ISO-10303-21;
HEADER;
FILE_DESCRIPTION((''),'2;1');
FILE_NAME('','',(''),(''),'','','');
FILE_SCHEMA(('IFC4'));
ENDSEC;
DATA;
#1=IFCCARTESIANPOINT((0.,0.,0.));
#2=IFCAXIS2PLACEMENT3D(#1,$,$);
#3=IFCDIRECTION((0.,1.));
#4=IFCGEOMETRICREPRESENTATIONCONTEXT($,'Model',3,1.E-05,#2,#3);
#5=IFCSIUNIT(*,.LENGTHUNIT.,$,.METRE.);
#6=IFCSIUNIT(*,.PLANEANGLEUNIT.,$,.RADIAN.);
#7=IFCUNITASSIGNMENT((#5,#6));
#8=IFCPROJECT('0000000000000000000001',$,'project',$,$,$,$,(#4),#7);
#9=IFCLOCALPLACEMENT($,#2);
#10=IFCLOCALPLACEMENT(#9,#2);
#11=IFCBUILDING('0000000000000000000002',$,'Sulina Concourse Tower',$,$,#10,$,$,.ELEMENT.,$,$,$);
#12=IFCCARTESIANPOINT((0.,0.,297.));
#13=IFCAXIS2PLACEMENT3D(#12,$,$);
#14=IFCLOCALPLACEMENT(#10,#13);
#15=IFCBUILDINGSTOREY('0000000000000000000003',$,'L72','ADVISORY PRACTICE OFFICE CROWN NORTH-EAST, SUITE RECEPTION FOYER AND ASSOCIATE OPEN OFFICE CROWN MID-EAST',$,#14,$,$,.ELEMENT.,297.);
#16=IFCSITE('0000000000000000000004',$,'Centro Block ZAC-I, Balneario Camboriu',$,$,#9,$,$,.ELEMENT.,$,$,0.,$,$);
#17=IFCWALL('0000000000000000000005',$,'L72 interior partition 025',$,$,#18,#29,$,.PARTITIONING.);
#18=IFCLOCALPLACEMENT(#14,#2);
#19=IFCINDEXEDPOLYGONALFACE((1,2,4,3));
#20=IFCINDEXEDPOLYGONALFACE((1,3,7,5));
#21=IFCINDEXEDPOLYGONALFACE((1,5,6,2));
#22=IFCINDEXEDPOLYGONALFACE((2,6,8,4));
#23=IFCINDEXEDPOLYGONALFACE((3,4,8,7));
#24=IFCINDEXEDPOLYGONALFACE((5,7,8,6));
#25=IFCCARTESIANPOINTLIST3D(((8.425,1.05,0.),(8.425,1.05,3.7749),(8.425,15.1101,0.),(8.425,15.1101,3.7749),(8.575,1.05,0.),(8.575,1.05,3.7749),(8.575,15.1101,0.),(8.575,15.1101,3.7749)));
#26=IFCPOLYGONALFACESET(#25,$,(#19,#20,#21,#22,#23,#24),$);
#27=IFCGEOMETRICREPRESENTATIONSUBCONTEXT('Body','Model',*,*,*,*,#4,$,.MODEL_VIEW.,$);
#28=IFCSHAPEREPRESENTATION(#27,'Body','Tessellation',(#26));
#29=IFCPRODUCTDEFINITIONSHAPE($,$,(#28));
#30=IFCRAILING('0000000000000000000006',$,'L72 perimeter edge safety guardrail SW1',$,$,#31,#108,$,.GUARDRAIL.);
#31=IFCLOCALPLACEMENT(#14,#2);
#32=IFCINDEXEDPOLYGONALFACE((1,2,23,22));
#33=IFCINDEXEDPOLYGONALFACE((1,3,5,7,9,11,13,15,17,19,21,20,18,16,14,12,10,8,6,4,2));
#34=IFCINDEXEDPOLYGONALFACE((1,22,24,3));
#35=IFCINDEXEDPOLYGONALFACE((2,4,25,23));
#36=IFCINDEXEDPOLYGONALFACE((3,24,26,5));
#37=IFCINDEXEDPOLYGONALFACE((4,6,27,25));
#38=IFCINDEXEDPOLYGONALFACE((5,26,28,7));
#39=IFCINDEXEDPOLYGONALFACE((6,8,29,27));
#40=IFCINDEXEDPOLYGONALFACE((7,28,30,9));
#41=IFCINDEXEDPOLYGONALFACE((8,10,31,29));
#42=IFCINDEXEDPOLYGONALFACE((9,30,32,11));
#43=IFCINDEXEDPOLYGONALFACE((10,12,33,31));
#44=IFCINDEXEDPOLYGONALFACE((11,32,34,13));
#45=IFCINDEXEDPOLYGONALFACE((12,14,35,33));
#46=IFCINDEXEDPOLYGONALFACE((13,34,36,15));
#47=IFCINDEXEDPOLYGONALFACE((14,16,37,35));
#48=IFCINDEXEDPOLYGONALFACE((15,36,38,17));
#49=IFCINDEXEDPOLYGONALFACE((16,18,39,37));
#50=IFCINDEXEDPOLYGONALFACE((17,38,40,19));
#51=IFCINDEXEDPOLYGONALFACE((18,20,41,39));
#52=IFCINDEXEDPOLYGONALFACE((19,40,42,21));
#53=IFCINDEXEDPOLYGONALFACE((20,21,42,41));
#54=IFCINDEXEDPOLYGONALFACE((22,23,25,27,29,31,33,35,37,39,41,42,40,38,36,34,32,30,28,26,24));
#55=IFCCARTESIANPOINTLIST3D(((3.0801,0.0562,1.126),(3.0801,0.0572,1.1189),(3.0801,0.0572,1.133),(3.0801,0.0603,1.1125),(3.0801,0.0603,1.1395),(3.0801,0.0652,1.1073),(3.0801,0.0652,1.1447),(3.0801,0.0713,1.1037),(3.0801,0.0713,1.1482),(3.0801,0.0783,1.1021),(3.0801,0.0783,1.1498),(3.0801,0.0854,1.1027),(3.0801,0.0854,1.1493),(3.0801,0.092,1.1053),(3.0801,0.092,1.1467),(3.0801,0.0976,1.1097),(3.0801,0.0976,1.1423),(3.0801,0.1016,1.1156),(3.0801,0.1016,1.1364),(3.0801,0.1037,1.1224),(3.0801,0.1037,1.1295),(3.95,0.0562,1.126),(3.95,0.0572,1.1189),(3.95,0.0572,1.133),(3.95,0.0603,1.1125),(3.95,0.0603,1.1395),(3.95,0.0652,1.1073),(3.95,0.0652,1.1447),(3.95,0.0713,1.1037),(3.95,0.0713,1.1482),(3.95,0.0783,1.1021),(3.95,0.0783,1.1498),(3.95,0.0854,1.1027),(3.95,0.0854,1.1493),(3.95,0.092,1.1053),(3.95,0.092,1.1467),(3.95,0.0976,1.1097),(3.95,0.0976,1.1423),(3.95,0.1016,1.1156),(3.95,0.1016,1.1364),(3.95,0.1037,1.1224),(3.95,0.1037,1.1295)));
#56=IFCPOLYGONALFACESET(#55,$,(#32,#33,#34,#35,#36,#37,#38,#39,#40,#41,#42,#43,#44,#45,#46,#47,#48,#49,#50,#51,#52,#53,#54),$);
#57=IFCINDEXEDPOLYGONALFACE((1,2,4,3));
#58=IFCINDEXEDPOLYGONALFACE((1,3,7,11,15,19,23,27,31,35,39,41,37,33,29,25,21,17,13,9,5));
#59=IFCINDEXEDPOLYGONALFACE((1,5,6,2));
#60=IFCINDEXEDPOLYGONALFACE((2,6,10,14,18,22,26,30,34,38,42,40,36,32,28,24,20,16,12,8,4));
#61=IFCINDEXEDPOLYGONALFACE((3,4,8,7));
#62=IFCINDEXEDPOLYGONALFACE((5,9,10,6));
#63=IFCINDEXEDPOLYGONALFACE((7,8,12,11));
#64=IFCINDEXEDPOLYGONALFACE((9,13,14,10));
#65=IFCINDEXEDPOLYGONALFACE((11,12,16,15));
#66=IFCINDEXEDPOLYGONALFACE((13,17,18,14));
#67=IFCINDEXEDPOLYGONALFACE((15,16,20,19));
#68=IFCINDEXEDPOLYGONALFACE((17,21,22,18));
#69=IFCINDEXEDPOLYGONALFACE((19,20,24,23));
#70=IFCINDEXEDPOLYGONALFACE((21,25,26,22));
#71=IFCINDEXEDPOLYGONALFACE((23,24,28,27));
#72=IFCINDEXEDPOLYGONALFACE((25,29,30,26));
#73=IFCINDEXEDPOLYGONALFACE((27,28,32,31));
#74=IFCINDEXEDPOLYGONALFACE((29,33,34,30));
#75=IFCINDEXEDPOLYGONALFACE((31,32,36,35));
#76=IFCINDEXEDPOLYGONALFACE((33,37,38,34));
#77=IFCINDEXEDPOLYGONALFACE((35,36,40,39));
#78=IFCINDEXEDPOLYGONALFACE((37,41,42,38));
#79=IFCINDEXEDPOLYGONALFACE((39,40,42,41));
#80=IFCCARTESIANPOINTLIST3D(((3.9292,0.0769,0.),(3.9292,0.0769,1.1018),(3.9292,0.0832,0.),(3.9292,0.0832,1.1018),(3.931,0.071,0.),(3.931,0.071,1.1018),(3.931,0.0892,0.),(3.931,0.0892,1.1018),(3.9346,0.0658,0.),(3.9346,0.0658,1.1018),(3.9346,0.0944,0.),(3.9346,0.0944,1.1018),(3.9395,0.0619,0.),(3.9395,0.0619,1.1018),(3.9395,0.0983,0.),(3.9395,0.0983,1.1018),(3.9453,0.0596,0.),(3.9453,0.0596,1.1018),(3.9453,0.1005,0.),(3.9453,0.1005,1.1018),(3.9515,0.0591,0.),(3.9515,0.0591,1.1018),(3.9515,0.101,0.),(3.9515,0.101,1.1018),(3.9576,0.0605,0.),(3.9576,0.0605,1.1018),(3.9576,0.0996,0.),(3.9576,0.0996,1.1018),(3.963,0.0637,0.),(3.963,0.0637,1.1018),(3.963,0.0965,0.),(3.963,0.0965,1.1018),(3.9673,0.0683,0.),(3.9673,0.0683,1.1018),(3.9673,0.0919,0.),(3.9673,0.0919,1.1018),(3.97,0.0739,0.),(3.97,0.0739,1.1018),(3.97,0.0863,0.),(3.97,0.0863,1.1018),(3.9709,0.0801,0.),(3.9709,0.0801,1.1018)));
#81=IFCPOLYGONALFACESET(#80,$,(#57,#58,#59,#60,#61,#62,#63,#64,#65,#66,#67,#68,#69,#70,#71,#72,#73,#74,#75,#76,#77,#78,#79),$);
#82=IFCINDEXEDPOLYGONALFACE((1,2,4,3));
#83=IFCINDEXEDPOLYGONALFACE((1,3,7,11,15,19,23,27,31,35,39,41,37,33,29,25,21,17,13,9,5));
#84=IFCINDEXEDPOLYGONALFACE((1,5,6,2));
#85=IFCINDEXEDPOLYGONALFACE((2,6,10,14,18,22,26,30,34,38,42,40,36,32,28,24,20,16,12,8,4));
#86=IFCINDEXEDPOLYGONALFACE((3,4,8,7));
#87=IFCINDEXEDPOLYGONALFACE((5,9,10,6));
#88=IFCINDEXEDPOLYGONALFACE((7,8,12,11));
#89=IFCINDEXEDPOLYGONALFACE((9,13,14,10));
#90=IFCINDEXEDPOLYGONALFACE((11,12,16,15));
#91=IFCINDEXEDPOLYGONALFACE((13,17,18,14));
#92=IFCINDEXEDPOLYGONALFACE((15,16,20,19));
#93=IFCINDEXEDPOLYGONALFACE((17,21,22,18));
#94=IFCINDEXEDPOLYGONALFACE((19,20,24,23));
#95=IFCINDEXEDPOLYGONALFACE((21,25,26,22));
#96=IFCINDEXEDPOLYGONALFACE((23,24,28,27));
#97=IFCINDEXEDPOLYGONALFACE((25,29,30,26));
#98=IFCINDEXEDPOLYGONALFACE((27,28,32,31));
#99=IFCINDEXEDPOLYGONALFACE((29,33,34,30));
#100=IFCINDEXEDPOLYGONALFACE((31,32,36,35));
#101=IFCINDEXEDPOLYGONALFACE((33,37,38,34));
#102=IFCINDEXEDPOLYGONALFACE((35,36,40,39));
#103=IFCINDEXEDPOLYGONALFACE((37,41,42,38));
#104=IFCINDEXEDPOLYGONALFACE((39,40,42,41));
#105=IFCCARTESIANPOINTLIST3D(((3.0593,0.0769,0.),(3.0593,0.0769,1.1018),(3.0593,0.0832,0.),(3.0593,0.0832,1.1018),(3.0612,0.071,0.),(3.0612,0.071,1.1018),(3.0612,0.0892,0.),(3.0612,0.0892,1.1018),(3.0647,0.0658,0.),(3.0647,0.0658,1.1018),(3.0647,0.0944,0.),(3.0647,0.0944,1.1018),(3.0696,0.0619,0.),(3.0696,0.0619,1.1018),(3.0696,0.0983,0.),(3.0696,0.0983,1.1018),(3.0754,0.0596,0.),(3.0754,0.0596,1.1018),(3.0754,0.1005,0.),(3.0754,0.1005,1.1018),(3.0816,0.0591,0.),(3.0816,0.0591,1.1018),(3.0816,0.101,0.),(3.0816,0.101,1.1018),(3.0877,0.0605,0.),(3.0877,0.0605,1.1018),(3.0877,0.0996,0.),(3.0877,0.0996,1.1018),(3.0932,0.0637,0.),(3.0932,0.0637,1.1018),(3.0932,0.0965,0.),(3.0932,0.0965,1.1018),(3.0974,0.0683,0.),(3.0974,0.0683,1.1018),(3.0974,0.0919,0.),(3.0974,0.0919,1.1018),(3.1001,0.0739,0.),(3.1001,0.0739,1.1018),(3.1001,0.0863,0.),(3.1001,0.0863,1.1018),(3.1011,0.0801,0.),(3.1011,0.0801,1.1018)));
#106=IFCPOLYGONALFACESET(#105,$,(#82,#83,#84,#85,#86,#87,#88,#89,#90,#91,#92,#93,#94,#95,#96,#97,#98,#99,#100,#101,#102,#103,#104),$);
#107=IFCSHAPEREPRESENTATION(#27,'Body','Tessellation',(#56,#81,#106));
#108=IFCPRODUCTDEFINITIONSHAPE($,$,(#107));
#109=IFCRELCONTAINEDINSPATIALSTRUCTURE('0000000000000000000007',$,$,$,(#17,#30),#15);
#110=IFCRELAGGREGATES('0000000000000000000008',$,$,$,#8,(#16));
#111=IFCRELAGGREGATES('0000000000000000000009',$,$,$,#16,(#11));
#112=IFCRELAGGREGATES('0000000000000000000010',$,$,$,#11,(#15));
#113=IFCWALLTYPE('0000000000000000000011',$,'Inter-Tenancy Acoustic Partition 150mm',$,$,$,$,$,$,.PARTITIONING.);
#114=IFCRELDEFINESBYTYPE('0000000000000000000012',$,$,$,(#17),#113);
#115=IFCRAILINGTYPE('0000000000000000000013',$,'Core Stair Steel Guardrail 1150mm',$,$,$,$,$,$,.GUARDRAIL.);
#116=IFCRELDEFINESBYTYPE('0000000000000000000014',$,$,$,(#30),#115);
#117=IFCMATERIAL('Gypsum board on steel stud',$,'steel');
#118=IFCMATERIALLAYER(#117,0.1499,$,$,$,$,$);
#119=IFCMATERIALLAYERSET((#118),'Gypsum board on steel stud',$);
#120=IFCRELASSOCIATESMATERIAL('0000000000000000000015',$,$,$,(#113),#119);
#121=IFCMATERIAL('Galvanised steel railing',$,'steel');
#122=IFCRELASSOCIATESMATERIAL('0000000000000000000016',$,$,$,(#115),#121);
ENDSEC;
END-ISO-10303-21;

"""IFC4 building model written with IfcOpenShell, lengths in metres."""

from ifc_helpers import new_model, si_unit, direction, frame, frame_2d, origin, origin_2d, place, context, subcontext, project, spatial, rectangle, circle, extrude, material, layer, layer_set, type_object, element, save


model = new_model("IFC4")

# Units and contexts
model_context = context("Model", 3, precision=1e-05, world=origin(), true_north=direction((0.0, 1.0)))
body_context = subcontext(model_context, "Body", "Model", "MODEL_VIEW")
ifc_project = project(units=[si_unit("LENGTHUNIT", "METRE"), si_unit("PLANEANGLEUNIT", "RADIAN")], contexts=[model_context])

# Site, building, storey
site_placement = place(None, origin())
site = spatial("IfcSite", under=ifc_project, at=site_placement, Name="Centro Block ZAC-I, Balneario Camboriu", CompositionType="ELEMENT", RefElevation=0.0)
building_placement = place(site_placement, origin())
building = spatial("IfcBuilding", under=site, at=building_placement, Name="Sulina Concourse Tower", CompositionType="ELEMENT")
storey_placement = place(building_placement, frame((0.0, 0.0, 297.0)))
storey = spatial("IfcBuildingStorey", under=building, at=storey_placement, Name="L72", Description="ADVISORY PRACTICE OFFICE CROWN NORTH-EAST, SUITE RECEPTION FOYER AND ASSOCIATE OPEN OFFICE CROWN MID-EAST", CompositionType="ELEMENT", Elevation=297.0)

# Wall
ifc_material_1 = material(Name="Gypsum board on steel stud", Category="steel")
ifc_layer_1 = layer(ifc_material_1, 0.1499)
ifc_layer_set_1 = layer_set([ifc_layer_1], Name="Gypsum board on steel stud")
wall_type_1 = type_object("IfcWallType", Name="Inter-Tenancy Acoustic Partition 150mm", PredefinedType="PARTITIONING", material=ifc_layer_set_1)
wall_1_placement = place(storey_placement, frame((8.5, 1.05, 0.0), z_axis=(0.0, 0.0, 1.0), x_axis=(0.0, 1.0, 0.0)))
element("IfcWall", 1, at=wall_1_placement, inside=storey, type_object=wall_type_1, Name="L72 interior partition 025", PredefinedType="PARTITIONING", context=body_context, shape_type="SweptSolid", body=[
    extrude(rectangle(XDim=14.0601, YDim=0.1499, at=frame_2d((7.03, 0.0))), origin(), (0.0, 0.0, 1.0), 3.7749),
])

# Railing
ifc_material_2 = material(Name="Galvanised steel railing", Category="steel")
railing_type = type_object("IfcRailingType", Name="Core Stair Steel Guardrail 1150mm", PredefinedType="GUARDRAIL", material=ifc_material_2)
railing_1_placement = place(storey_placement, frame((3.95, 0.0801, 0.0)))
element("IfcRailing", 2, at=railing_1_placement, inside=storey, type_object=railing_type, Name="L72 perimeter edge safety guardrail SW1", PredefinedType="GUARDRAIL", context=body_context, shape_type="SweptSolid", body=[
    extrude(circle(Radius=0.0239, at=origin_2d()), frame((0.0, 0.0, 1.126), z_axis=(-1.0, 0.0, 0.0), x_axis=(0.0, -1.0, 0.0)), (0.0, 0.0, 1.0), 0.8699),
    extrude(circle(Radius=0.021, at=origin_2d()), origin(), (0.0, 0.0, 1.0), 1.1018),
    extrude(circle(Radius=0.021, at=origin_2d()), frame((-0.8699, 0.0, 0.0)), (0.0, 0.0, 1.0), 1.1018),
])

save(model, "model.ifc")
